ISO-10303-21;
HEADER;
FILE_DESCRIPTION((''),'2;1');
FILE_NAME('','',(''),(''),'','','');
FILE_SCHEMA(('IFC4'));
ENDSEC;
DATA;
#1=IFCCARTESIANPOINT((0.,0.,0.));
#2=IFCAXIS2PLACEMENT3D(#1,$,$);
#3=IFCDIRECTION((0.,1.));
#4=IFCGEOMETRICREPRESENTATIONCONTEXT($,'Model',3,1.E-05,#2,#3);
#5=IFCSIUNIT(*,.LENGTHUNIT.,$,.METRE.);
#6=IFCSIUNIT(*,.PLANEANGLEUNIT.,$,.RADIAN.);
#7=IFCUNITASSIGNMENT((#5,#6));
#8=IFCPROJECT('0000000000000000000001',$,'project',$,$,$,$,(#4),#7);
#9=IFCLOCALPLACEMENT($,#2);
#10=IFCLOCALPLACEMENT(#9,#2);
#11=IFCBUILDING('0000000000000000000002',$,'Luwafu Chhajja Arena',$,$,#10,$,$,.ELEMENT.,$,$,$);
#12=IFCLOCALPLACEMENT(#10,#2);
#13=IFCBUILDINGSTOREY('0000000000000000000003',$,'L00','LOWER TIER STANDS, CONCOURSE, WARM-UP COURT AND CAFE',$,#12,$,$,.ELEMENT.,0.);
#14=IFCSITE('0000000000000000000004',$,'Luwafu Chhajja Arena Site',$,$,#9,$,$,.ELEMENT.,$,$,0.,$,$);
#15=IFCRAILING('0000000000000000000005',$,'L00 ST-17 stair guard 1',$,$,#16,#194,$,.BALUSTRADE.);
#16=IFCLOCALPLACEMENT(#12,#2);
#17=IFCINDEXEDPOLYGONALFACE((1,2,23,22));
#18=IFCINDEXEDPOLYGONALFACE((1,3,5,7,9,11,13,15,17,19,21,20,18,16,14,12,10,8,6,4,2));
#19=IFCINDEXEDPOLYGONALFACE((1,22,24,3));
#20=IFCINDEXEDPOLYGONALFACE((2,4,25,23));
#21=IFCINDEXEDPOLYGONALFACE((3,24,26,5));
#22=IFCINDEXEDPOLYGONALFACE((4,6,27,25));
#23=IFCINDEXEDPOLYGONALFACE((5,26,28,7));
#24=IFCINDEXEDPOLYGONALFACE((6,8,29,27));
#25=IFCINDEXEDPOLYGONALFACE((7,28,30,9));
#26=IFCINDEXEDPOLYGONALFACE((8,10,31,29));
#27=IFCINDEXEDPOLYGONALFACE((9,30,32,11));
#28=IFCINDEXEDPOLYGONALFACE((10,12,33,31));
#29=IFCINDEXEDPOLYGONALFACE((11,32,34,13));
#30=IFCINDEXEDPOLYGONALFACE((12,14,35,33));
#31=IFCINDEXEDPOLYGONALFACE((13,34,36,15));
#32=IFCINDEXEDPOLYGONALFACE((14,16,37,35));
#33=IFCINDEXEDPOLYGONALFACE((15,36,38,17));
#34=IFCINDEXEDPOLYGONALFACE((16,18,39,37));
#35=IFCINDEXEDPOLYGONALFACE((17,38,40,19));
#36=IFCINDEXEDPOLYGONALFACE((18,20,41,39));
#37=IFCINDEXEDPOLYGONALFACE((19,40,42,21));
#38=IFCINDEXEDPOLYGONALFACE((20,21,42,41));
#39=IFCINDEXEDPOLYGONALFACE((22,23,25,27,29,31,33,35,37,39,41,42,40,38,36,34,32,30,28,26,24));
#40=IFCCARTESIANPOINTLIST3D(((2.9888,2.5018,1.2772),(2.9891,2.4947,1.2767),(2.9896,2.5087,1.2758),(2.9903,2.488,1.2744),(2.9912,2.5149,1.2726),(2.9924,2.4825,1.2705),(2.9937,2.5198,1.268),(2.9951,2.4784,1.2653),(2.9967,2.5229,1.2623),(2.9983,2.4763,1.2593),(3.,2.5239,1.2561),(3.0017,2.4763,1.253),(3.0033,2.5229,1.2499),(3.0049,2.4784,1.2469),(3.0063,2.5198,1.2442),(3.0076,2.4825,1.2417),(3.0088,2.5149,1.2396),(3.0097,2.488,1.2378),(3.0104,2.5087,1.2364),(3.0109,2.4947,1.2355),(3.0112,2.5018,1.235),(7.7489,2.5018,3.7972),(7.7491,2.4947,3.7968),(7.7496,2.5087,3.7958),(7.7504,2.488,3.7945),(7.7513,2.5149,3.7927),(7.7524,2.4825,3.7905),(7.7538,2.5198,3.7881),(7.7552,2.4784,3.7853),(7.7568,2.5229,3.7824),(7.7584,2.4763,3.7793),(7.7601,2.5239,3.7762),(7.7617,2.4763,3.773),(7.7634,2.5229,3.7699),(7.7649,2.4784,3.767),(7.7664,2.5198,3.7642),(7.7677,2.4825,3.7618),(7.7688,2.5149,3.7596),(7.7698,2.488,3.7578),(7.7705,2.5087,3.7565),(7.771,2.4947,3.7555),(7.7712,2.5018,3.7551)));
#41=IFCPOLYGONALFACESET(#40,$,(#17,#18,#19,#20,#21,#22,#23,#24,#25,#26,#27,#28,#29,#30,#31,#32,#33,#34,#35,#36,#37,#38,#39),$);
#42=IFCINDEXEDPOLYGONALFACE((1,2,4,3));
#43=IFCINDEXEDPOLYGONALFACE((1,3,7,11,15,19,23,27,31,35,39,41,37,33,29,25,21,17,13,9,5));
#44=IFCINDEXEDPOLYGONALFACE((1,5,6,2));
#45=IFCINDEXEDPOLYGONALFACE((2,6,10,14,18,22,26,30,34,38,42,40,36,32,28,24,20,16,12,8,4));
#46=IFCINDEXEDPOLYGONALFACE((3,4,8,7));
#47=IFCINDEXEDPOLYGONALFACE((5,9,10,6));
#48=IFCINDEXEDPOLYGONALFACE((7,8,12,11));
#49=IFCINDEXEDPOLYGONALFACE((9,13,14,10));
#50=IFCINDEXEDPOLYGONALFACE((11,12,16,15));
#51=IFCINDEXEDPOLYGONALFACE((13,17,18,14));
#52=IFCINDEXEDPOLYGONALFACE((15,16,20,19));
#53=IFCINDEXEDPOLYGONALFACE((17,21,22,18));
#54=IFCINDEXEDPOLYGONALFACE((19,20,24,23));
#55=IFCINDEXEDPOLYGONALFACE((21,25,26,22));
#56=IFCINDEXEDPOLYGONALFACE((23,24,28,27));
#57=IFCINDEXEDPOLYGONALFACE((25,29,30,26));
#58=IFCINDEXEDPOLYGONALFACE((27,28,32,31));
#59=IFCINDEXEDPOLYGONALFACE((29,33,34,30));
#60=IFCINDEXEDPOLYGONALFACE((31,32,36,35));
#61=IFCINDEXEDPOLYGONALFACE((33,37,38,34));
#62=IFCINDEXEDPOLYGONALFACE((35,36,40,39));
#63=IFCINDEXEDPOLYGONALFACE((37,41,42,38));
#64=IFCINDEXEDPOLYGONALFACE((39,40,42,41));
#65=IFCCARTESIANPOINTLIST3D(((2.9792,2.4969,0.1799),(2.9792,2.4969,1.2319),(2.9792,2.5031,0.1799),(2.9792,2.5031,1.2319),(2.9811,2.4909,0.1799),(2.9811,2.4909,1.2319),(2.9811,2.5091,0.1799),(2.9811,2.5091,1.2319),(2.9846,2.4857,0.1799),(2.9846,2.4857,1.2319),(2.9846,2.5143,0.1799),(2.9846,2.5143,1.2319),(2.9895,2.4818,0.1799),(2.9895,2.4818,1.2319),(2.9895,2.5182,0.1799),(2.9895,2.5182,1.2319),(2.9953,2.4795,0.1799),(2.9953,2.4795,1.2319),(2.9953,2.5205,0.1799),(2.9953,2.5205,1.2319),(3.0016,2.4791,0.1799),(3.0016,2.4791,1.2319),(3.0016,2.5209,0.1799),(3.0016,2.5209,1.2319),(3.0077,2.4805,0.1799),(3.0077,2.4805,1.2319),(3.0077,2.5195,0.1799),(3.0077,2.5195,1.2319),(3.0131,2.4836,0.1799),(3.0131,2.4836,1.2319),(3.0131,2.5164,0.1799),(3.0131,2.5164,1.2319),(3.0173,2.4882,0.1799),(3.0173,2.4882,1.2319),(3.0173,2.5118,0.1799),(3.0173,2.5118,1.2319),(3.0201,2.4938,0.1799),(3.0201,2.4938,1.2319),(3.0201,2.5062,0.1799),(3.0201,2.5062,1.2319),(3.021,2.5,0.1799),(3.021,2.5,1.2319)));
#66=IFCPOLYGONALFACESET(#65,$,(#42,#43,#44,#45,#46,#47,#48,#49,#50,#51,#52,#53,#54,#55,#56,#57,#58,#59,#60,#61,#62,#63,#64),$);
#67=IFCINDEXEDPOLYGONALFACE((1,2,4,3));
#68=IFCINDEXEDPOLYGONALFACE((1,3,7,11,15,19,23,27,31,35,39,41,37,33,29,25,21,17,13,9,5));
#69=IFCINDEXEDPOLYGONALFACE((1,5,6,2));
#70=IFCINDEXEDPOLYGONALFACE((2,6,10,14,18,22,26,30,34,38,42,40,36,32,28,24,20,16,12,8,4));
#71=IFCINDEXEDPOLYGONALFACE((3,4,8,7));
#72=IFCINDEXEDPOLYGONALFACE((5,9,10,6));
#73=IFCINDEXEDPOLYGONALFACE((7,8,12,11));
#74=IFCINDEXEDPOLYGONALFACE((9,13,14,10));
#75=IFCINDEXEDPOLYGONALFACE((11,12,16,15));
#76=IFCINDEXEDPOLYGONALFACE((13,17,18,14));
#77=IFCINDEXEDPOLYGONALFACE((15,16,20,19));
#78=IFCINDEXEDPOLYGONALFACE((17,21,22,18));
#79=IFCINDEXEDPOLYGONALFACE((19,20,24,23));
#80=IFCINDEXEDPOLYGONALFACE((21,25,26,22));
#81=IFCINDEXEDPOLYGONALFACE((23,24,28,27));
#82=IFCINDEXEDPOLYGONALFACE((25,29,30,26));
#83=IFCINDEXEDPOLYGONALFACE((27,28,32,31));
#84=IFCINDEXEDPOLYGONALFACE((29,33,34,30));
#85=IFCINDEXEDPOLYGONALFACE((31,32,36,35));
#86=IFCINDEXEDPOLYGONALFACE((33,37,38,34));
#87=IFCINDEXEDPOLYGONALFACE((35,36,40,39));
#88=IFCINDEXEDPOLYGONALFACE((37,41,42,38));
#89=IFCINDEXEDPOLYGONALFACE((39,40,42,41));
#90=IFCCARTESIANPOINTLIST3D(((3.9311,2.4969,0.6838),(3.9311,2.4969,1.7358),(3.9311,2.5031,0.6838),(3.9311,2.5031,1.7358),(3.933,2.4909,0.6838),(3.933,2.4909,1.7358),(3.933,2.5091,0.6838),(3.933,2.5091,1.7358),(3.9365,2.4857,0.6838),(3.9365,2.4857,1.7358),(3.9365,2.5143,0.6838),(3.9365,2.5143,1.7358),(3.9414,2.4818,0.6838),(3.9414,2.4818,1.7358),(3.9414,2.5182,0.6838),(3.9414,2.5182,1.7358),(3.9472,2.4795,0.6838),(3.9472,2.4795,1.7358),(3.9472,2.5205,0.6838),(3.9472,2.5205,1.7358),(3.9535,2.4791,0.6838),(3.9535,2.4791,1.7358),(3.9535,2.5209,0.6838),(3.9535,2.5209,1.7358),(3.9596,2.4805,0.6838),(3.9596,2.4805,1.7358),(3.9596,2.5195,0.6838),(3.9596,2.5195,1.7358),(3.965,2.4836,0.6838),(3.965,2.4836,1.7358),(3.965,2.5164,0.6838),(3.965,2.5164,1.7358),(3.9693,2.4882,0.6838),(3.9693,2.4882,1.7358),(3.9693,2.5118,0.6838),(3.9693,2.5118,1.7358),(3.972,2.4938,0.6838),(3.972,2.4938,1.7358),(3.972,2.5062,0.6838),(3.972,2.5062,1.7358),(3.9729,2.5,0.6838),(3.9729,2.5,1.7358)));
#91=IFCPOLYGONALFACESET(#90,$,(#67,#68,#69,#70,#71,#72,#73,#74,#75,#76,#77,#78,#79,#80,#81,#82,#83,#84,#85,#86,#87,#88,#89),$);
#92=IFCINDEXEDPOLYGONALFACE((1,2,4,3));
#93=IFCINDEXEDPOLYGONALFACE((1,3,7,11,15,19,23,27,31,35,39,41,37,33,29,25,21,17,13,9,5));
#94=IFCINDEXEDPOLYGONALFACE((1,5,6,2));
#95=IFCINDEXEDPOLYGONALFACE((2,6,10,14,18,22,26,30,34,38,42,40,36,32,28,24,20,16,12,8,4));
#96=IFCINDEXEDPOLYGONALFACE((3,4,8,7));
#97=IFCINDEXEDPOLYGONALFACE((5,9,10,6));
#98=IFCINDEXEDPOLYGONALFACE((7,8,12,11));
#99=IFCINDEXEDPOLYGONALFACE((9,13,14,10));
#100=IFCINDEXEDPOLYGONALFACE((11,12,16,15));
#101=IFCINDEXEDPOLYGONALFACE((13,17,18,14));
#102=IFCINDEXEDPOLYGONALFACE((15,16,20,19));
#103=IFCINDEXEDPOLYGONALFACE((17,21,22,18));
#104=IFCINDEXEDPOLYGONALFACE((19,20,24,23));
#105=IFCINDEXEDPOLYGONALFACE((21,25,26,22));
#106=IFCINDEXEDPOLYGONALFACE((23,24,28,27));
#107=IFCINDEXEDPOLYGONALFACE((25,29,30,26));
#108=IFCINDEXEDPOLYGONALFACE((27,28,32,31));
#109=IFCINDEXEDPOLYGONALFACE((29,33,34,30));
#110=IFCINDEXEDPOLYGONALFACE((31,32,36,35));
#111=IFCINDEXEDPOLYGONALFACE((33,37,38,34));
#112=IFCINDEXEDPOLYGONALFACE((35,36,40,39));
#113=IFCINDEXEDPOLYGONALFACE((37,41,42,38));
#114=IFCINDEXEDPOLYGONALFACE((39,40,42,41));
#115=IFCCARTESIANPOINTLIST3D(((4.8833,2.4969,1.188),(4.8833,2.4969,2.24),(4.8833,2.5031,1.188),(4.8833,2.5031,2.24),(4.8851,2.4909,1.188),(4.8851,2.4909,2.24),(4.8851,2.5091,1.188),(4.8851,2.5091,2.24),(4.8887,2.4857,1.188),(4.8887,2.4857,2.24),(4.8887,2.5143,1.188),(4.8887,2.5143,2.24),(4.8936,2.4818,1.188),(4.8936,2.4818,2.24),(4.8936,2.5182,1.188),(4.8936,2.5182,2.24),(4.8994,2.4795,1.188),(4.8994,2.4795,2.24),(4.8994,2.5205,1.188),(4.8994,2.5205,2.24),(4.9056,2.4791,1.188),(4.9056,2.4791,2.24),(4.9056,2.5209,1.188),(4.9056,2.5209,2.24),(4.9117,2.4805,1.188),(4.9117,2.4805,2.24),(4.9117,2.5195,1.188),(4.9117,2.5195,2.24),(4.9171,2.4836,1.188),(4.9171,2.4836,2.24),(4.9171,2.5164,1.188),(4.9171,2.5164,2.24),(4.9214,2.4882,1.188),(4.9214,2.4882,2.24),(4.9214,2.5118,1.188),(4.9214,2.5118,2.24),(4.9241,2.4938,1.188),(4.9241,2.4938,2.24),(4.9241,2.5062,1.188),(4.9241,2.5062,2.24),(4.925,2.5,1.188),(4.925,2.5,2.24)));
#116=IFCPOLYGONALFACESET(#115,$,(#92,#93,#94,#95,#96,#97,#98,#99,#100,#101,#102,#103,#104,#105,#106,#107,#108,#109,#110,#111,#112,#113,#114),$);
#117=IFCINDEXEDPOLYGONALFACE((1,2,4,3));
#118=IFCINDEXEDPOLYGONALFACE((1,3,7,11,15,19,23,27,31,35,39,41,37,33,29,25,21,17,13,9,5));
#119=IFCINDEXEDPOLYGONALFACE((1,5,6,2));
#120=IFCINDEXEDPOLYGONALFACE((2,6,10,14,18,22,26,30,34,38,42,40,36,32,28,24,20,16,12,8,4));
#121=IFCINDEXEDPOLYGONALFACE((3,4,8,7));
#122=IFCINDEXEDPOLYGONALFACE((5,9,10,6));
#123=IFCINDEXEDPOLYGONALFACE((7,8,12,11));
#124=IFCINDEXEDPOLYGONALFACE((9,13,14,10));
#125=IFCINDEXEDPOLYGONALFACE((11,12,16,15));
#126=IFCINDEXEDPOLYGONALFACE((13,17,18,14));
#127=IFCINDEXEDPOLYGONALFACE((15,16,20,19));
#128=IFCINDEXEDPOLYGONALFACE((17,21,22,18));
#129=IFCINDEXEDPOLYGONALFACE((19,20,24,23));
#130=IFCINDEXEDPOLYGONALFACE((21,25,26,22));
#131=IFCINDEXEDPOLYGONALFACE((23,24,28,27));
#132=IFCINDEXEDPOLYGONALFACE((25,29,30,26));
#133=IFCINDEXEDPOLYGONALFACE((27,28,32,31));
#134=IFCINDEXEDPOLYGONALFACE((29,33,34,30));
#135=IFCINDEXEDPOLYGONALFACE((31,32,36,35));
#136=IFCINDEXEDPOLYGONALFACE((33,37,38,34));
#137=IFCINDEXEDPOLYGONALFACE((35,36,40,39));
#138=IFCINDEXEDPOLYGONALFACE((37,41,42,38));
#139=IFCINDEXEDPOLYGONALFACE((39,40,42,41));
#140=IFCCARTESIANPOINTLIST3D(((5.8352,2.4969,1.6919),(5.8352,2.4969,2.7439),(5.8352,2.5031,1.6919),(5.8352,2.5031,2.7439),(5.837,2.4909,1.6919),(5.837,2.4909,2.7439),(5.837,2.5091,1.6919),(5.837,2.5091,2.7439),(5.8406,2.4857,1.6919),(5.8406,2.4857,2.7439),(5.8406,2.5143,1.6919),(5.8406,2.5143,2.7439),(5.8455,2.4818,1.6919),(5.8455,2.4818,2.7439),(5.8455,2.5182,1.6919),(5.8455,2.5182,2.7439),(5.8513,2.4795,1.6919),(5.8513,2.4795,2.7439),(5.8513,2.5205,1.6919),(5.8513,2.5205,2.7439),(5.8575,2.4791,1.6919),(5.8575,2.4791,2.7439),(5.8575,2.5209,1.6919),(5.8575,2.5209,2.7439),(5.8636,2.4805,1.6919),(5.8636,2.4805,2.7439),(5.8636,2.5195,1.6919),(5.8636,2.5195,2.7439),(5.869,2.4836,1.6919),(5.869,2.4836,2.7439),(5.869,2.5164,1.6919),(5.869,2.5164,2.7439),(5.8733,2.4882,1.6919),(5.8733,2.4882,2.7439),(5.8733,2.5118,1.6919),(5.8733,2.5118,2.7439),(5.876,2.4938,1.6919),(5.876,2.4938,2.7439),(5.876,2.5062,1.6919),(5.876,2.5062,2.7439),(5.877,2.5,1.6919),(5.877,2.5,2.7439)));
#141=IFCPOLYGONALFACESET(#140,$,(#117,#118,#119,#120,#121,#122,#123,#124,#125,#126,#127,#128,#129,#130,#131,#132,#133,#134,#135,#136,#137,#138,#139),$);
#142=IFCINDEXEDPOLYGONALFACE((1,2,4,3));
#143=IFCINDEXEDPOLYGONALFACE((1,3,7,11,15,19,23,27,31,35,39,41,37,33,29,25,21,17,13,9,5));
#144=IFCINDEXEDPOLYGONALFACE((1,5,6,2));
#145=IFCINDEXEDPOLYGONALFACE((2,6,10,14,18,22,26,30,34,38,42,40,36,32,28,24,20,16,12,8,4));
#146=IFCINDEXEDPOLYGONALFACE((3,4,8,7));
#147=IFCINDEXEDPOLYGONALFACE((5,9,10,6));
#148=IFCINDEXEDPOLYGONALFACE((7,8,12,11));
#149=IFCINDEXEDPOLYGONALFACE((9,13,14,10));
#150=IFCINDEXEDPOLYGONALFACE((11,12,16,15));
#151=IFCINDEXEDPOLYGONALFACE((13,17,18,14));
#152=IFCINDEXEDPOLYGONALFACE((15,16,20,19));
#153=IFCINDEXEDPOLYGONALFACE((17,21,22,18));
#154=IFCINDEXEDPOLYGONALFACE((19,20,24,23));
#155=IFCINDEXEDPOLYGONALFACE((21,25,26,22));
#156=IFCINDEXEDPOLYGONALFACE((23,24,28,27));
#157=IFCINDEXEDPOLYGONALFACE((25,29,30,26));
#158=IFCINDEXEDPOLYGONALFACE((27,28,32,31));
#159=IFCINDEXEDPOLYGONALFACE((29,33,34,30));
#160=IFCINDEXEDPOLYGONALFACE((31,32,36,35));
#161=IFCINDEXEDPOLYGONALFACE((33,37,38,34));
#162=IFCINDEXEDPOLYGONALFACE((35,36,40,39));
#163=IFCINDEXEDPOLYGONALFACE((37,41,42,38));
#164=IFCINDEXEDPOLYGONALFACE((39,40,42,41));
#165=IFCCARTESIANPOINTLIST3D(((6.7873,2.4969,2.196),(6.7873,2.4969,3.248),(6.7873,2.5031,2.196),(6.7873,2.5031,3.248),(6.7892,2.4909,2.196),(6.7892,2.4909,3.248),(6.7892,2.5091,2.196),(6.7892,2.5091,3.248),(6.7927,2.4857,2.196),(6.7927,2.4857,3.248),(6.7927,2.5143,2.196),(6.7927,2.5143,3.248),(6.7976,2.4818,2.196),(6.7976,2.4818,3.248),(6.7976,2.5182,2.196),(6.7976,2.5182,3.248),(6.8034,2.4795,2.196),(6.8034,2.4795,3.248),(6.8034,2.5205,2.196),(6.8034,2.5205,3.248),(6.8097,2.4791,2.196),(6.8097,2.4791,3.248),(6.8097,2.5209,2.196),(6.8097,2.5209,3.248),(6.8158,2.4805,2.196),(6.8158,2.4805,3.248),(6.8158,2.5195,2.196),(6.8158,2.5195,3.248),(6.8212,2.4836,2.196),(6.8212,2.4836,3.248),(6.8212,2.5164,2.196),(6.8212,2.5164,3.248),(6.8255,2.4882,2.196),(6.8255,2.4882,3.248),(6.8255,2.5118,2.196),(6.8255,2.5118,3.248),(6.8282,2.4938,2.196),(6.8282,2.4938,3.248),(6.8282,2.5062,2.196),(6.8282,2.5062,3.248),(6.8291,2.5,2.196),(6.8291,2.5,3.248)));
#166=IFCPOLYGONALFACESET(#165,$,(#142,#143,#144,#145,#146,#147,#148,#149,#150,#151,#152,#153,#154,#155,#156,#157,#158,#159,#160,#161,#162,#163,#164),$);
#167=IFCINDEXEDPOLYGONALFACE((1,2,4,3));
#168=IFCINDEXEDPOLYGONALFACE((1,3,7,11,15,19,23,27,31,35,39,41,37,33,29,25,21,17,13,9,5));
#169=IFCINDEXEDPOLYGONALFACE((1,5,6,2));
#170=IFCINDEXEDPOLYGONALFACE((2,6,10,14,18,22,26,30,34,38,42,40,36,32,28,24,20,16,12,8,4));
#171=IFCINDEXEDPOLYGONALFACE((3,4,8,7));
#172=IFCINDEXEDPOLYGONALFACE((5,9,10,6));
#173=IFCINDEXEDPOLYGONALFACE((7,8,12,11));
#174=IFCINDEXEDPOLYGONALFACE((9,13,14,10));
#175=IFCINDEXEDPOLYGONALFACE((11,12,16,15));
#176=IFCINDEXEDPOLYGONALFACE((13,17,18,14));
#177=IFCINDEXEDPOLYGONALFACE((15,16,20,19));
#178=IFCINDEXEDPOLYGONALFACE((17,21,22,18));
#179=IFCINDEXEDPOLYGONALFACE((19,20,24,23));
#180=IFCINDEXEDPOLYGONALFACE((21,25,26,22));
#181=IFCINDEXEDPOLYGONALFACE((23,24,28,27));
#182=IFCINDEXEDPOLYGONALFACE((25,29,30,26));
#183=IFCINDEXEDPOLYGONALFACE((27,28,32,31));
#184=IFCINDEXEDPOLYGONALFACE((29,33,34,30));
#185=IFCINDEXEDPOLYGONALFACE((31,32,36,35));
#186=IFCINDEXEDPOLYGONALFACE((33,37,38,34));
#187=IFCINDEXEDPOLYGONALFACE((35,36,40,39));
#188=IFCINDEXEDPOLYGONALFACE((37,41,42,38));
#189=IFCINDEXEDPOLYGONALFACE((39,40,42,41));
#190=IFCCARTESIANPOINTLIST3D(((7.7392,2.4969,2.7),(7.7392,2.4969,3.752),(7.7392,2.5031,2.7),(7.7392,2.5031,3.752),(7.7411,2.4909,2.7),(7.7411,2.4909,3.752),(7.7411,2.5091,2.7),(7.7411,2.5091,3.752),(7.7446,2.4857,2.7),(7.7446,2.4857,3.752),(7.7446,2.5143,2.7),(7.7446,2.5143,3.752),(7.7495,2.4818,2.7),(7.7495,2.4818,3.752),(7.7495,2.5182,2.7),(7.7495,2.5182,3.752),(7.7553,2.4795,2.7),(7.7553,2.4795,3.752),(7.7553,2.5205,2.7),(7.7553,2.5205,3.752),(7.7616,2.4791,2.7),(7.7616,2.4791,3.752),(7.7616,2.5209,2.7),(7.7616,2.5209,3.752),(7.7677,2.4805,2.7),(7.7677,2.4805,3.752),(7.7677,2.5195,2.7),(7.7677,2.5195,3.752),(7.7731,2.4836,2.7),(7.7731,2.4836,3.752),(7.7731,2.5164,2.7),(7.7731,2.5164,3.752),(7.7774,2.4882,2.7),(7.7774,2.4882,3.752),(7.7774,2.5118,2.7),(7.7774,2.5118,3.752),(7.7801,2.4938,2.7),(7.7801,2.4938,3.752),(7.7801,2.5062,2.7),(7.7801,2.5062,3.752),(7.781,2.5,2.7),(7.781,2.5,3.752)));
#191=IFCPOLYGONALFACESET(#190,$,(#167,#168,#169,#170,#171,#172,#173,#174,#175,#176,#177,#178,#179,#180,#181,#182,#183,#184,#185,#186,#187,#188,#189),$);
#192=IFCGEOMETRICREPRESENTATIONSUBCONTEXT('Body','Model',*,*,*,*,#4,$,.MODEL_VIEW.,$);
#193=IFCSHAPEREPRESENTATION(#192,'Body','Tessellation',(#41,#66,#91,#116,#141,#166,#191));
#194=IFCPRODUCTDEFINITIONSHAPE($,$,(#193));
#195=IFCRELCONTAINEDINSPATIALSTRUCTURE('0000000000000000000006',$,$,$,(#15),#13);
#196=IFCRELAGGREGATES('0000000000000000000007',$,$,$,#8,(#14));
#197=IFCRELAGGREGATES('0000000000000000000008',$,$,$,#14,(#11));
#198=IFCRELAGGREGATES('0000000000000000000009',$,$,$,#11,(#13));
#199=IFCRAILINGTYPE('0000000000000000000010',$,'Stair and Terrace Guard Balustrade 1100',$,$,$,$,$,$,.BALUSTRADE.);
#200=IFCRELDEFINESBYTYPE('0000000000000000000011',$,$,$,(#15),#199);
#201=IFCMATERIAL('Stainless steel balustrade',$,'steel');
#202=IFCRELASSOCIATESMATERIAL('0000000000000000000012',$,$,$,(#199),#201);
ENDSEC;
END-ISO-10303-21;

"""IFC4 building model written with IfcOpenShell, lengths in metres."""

from ifc_helpers import new_model, si_unit, direction, frame, origin, origin_2d, place, context, subcontext, project, spatial, circle, extrude, material, type_object, element, save


model = new_model("IFC4")

# Units and contexts
model_context = context("Model", 3, precision=1e-05, world=origin(), true_north=direction((0.0, 1.0)))
body_context = subcontext(model_context, "Body", "Model", "MODEL_VIEW")
ifc_project = project(units=[si_unit("LENGTHUNIT", "METRE"), si_unit("PLANEANGLEUNIT", "RADIAN")], contexts=[model_context])

# Site, building, storey
site_placement = place(None, origin())
site = spatial("IfcSite", under=ifc_project, at=site_placement, Name="Luwafu Chhajja Arena Site", CompositionType="ELEMENT", RefElevation=0.0)
building_placement = place(site_placement, origin())
building = spatial("IfcBuilding", under=site, at=building_placement, Name="Luwafu Chhajja Arena", CompositionType="ELEMENT")
storey_placement = place(building_placement, origin())
storey = spatial("IfcBuildingStorey", under=building, at=storey_placement, Name="L00", Description="LOWER TIER STANDS, CONCOURSE, WARM-UP COURT AND CAFE", CompositionType="ELEMENT", Elevation=0.0)

# Railing
ifc_material_1 = material(Name="Stainless steel balustrade", Category="steel")
railing_type_1 = type_object("IfcRailingType", Name="Stair and Terrace Guard Balustrade 1100", PredefinedType="BALUSTRADE", material=ifc_material_1)
railing_1_placement = place(storey_placement, frame((3.0, 2.5, 0.1799)))
element("IfcRailing", 1, at=railing_1_placement, inside=storey, type_object=railing_type_1, Name="L00 ST-17 stair guard 1", PredefinedType="BALUSTRADE", context=body_context, shape_type="SweptSolid", body=[
    extrude(circle(Radius=0.0239, at=origin_2d()), frame((0.0, 0.0, 1.0762), z_axis=(0.883787, 0.0, 0.46789), x_axis=(0.0, 1.0, 0.0)), (0.0, 0.0, 1.0), 5.386),
    extrude(circle(Radius=0.021, at=origin_2d()), origin(), (0.0, 0.0, 1.0), 1.052),
    extrude(circle(Radius=0.021, at=origin_2d()), frame((0.9519, 0.0, 0.5039)), (0.0, 0.0, 1.0), 1.052),
    extrude(circle(Radius=0.021, at=origin_2d()), frame((1.9041, 0.0, 1.0081)), (0.0, 0.0, 1.0), 1.052),
    extrude(circle(Radius=0.021, at=origin_2d()), frame((2.856, 0.0, 1.512)), (0.0, 0.0, 1.0), 1.052),
    extrude(circle(Radius=0.021, at=origin_2d()), frame((3.8081, 0.0, 2.0161)), (0.0, 0.0, 1.0), 1.052),
    extrude(circle(Radius=0.021, at=origin_2d()), frame((4.76, 0.0, 2.52)), (0.0, 0.0, 1.0), 1.052),
])

save(model, "model.ifc")
